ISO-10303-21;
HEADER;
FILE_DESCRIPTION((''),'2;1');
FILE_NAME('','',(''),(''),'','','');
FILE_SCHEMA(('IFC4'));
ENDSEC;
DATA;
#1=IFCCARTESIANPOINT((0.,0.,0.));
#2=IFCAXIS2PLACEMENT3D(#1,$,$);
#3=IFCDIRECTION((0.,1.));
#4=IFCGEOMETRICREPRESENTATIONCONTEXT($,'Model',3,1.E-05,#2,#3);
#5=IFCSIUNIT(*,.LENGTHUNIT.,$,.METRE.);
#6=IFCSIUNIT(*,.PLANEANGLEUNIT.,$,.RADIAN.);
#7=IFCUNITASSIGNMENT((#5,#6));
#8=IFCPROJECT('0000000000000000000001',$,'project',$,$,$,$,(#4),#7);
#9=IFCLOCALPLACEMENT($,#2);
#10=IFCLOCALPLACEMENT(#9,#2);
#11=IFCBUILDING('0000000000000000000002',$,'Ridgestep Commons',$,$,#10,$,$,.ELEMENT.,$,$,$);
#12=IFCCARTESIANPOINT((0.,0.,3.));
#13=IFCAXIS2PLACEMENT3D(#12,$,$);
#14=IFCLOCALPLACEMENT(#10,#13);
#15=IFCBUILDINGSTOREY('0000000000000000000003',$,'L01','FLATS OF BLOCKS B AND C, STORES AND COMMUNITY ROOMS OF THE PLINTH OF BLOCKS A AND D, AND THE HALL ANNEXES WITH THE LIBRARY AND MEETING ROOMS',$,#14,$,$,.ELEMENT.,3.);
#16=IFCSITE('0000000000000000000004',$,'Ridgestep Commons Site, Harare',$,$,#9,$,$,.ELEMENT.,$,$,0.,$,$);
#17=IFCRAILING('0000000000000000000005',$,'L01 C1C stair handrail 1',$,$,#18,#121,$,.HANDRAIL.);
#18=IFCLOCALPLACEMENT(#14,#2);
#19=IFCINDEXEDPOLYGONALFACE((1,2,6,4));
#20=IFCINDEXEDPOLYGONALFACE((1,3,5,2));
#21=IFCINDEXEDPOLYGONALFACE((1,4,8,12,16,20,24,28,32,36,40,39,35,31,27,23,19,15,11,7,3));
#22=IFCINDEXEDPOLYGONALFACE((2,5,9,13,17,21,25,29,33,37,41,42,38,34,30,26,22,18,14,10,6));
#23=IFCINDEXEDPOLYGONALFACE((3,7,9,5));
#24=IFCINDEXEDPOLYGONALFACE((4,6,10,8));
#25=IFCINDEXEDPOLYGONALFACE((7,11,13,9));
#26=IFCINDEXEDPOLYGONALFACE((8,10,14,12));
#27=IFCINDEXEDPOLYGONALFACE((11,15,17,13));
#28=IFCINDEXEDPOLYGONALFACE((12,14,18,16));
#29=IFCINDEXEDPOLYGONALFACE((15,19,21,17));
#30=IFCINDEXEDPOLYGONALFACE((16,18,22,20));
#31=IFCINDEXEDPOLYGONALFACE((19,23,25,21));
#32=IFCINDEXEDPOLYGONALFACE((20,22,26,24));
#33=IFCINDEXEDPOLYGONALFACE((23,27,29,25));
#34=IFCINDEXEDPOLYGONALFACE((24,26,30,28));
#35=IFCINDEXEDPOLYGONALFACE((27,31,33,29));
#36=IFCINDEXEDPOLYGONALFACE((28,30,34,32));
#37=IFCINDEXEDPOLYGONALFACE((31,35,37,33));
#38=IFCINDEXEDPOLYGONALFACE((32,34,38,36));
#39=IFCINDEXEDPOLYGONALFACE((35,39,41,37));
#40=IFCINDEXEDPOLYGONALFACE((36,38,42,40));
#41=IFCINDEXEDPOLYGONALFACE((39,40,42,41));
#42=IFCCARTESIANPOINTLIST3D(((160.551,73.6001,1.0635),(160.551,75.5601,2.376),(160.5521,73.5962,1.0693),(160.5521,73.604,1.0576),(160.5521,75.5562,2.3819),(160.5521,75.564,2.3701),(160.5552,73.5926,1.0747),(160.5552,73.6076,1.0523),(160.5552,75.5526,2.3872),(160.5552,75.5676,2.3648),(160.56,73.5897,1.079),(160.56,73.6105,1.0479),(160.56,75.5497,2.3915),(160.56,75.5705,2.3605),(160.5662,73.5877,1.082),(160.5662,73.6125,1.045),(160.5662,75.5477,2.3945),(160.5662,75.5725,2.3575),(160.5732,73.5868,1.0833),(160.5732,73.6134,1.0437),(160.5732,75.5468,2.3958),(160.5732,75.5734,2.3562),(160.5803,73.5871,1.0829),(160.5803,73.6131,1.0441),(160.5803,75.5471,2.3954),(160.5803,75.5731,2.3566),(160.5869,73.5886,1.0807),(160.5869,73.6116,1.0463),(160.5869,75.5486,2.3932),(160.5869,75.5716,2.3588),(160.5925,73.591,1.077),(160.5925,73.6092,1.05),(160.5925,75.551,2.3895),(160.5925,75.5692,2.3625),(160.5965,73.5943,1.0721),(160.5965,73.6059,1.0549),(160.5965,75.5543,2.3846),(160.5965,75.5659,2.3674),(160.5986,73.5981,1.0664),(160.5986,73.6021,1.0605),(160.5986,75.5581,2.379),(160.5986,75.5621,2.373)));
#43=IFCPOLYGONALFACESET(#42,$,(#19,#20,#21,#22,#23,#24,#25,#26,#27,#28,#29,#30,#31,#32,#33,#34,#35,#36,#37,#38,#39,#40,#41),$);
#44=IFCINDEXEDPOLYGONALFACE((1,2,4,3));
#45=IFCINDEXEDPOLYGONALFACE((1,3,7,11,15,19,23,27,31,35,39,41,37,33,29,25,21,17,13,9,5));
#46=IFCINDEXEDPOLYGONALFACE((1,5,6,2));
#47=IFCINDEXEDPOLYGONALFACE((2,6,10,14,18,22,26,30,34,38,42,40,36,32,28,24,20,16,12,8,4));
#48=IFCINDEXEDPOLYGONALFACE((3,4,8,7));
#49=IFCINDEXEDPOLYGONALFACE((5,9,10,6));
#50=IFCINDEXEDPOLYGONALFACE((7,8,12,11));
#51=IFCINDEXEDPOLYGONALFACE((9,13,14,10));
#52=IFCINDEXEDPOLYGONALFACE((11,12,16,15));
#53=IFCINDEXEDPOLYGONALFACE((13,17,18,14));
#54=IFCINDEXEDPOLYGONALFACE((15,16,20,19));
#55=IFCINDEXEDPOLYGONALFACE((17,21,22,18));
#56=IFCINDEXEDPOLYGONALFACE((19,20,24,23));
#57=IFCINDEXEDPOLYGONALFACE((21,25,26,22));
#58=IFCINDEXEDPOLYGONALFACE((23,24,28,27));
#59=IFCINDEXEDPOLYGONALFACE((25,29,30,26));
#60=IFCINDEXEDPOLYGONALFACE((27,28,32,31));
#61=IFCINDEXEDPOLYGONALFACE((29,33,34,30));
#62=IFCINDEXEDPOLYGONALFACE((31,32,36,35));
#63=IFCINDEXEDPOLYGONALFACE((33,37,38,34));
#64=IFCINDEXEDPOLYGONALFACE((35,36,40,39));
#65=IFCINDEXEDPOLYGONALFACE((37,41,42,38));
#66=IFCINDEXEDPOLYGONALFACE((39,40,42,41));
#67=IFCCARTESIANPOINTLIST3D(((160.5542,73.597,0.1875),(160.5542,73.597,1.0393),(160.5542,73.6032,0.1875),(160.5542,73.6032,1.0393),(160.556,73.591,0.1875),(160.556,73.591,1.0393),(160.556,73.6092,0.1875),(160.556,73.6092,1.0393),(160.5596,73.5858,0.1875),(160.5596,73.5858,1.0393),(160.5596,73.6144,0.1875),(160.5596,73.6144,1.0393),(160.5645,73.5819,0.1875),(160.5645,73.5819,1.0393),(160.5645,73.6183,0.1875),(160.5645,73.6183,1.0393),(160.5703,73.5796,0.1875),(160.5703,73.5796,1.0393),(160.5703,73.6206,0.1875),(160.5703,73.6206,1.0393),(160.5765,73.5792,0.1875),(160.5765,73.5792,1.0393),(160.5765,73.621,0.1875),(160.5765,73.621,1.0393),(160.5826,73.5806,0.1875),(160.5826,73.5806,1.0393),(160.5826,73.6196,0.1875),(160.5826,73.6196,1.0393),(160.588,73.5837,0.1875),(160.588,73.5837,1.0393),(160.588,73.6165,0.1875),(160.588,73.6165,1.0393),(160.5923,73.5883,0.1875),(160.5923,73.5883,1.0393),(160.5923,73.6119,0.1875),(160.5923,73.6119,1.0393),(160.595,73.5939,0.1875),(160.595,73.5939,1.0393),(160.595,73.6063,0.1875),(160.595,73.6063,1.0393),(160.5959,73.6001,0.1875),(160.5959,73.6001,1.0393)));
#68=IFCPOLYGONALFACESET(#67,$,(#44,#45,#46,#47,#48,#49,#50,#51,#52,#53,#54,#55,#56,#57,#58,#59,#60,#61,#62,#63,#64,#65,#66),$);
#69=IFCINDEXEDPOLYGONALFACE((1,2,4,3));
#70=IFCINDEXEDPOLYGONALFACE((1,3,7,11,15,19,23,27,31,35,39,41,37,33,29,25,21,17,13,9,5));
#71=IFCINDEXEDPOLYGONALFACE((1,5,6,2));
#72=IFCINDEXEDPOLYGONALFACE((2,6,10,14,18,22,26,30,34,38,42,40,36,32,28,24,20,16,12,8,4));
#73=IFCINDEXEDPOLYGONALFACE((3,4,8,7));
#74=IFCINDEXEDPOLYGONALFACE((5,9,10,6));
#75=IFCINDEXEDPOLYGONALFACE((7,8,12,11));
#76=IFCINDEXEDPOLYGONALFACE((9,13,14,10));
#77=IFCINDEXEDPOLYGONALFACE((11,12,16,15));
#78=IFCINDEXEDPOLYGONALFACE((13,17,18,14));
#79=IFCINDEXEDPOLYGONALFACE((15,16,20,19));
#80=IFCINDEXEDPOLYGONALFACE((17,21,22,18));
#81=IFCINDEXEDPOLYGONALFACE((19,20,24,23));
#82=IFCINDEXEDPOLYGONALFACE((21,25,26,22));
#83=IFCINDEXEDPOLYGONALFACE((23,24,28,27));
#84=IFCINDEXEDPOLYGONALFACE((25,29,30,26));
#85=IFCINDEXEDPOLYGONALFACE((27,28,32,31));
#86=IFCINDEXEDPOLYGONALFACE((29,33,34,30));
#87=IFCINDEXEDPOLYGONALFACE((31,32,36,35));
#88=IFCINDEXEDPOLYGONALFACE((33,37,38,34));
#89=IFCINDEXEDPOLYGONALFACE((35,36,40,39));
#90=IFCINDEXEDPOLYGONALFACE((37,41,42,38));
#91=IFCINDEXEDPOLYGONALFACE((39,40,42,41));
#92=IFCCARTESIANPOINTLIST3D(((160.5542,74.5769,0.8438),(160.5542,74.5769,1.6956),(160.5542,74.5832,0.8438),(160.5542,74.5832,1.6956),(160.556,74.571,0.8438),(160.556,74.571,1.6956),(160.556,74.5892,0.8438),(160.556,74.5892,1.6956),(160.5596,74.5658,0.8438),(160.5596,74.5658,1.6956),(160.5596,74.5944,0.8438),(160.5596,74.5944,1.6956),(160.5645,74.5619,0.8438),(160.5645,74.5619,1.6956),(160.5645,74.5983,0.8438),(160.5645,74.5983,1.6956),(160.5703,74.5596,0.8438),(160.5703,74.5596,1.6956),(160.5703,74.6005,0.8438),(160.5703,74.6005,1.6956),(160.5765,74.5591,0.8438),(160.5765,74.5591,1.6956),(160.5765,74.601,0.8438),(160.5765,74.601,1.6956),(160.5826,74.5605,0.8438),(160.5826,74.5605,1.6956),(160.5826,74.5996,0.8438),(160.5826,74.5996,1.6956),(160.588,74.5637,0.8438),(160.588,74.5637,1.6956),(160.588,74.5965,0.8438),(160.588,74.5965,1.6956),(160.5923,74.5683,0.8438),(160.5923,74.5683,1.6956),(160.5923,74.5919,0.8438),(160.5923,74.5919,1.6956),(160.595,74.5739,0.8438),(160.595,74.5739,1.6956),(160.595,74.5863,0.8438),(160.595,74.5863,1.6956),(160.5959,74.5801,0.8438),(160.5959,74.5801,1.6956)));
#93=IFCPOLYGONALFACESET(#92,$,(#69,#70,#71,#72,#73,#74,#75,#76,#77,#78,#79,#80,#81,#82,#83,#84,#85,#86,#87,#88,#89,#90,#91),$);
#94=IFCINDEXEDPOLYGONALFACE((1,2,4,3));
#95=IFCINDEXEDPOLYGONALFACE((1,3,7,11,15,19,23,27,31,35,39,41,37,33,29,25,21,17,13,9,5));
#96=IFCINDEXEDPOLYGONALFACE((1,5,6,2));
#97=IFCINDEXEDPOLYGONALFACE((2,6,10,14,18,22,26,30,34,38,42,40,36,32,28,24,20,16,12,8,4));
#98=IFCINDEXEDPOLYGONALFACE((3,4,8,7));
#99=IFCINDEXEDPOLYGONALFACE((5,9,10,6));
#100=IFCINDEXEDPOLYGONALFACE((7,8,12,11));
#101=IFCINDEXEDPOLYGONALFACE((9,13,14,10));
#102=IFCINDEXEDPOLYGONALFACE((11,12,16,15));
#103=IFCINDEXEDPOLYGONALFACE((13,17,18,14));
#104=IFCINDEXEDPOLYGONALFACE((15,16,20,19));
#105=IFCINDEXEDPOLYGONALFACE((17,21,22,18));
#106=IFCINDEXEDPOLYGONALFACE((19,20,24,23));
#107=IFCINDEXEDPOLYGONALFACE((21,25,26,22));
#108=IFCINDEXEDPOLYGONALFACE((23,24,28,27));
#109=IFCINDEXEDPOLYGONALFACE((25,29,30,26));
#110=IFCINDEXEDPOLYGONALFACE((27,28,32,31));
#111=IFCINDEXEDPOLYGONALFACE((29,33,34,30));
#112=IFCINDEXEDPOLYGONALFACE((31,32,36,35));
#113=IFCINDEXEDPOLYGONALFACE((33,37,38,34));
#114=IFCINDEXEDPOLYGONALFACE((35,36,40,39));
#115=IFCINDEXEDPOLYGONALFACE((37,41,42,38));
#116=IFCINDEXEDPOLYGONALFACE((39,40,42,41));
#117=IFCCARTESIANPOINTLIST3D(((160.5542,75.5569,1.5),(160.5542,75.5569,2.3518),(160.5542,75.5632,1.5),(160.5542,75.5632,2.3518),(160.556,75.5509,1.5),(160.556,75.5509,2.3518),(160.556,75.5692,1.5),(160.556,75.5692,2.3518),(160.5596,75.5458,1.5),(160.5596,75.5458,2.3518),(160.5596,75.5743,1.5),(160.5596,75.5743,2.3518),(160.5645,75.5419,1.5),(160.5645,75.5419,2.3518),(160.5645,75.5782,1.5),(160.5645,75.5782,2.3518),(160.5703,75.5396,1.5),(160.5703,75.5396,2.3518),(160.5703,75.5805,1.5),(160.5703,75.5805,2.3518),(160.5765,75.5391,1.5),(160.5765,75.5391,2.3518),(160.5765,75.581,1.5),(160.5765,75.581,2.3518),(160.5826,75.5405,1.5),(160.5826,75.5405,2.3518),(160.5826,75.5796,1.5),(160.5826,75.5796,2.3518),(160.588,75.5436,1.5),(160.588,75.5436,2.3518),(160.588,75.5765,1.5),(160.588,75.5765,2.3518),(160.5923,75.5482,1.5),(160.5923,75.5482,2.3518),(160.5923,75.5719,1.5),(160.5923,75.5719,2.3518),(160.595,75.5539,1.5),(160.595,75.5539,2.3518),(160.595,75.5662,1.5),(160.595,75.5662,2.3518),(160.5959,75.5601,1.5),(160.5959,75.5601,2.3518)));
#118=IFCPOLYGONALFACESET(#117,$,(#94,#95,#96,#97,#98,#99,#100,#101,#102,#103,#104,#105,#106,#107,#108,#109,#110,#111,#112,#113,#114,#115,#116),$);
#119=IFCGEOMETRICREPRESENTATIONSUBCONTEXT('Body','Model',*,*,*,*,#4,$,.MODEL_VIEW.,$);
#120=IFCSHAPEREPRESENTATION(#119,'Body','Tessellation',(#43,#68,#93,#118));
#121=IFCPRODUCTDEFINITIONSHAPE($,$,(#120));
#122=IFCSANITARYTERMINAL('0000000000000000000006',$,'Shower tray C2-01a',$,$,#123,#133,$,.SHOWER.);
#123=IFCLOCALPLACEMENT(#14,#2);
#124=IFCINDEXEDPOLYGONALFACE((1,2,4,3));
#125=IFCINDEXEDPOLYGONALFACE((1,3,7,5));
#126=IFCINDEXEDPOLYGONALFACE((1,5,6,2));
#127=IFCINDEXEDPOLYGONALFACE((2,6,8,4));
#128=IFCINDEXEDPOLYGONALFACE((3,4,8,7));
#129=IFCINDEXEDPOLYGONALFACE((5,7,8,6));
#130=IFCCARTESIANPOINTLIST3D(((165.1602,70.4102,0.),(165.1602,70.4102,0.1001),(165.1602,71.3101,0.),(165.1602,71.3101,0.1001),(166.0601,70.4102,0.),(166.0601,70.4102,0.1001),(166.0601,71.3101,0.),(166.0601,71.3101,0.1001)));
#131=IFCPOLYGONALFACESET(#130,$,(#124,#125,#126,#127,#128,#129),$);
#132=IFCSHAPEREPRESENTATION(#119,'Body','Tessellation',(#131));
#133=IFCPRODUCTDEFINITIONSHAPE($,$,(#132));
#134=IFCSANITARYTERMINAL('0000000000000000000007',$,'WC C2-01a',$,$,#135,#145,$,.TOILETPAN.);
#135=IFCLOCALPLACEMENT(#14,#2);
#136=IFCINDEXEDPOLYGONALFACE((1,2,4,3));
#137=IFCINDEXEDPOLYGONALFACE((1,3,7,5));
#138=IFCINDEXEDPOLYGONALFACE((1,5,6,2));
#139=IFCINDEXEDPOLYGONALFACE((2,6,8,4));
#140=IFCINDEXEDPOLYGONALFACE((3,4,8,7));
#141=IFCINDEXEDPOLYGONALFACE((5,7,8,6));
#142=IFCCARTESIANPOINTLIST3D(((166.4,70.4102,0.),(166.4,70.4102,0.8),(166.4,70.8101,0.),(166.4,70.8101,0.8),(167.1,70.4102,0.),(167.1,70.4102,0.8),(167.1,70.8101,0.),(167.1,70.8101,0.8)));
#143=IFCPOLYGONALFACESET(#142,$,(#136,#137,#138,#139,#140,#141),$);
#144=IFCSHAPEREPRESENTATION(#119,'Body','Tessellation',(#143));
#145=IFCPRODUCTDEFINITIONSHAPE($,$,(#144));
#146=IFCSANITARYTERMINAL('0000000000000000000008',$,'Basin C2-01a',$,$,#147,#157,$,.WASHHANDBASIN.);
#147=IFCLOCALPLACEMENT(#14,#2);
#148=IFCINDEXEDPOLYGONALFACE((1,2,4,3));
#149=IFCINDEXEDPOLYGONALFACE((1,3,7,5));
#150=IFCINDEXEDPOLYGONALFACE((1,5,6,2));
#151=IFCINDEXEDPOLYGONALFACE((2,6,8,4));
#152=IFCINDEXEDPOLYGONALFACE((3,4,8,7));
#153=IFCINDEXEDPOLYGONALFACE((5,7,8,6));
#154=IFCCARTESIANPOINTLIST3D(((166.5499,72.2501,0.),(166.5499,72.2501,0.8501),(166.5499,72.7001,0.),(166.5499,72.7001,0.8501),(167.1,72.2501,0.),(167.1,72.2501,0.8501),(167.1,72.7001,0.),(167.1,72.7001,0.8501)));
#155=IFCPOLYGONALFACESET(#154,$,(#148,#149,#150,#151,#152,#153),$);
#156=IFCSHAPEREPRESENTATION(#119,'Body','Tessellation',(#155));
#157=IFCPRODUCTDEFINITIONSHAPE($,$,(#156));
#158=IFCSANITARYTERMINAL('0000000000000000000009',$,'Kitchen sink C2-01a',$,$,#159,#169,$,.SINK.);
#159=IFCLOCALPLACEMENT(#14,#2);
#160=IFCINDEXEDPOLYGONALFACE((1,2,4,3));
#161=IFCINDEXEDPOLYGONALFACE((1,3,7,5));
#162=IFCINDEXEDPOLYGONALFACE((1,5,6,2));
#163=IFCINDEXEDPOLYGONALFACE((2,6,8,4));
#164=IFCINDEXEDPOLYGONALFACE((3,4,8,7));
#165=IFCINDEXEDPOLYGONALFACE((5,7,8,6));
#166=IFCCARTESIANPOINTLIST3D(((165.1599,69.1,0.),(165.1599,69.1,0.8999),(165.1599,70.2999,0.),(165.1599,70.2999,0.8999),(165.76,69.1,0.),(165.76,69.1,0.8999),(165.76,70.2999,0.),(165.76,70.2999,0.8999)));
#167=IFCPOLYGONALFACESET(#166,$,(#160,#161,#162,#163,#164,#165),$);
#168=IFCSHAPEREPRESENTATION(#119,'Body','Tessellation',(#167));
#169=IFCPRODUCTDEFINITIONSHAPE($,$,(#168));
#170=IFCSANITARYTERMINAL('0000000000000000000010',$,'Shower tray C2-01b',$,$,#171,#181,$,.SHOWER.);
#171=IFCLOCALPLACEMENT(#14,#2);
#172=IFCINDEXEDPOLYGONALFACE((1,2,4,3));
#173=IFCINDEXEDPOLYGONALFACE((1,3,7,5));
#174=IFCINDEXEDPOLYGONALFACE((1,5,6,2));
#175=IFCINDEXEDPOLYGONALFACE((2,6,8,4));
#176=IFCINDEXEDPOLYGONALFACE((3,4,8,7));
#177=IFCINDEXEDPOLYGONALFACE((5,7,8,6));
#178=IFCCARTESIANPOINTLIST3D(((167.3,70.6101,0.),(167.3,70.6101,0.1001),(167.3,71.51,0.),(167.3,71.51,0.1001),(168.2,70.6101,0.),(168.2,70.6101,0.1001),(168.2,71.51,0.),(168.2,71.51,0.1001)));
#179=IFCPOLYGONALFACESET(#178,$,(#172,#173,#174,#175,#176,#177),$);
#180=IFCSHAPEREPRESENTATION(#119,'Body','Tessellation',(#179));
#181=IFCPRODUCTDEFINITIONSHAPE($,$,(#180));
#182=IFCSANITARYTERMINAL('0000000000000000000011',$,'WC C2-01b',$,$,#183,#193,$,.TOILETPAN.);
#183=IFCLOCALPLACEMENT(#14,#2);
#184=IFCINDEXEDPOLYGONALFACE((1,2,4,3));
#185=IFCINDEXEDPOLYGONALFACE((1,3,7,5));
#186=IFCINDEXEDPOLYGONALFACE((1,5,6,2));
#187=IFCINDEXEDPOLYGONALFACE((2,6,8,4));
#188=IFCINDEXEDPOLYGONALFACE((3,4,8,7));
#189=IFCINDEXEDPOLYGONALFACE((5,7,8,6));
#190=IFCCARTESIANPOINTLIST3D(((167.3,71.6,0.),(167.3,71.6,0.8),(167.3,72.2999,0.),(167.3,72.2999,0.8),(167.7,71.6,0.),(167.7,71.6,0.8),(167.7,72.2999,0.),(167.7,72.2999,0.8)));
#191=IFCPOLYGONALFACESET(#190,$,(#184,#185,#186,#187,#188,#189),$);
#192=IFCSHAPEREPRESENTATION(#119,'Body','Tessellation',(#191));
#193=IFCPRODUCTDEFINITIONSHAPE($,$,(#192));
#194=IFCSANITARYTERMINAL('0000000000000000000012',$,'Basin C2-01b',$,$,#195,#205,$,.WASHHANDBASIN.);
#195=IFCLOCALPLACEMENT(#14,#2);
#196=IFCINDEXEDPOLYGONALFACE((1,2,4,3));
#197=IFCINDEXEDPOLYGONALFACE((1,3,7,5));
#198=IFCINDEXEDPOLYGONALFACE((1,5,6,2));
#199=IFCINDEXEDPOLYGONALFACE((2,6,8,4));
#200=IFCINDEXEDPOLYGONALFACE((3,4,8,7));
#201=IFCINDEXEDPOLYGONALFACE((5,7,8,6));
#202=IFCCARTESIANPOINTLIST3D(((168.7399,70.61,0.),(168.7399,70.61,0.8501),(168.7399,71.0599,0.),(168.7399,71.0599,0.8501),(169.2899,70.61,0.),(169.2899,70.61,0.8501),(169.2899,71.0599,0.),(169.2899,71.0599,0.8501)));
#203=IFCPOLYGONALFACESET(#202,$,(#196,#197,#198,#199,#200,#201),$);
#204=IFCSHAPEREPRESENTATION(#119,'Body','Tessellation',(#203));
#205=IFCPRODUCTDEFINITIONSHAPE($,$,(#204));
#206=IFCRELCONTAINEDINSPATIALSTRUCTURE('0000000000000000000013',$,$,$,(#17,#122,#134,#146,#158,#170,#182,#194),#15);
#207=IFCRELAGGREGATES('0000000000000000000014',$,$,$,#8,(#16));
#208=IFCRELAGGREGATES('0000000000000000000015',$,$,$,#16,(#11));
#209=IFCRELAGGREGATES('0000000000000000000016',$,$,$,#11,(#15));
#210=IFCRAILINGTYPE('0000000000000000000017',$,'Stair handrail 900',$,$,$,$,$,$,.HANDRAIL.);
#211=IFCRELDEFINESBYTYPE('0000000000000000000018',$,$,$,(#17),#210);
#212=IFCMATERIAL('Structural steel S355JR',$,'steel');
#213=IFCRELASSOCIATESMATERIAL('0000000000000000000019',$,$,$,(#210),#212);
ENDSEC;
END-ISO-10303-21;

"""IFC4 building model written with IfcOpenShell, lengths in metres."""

from ifc_helpers import new_model, si_unit, direction, frame, origin, origin_2d, place, context, subcontext, project, spatial, rectangle, circle, extrude, material, type_object, element, save


model = new_model("IFC4")

# Units and contexts
model_context = context("Model", 3, precision=1e-05, world=origin(), true_north=direction((0.0, 1.0)))
body_context = subcontext(model_context, "Body", "Model", "MODEL_VIEW")
ifc_project = project(units=[si_unit("LENGTHUNIT", "METRE"), si_unit("PLANEANGLEUNIT", "RADIAN")], contexts=[model_context])

# Site, building, storey
site_placement = place(None, origin())
site = spatial("IfcSite", under=ifc_project, at=site_placement, Name="Ridgestep Commons Site, Harare", CompositionType="ELEMENT", RefElevation=0.0)
building_placement = place(site_placement, origin())
building = spatial("IfcBuilding", under=site, at=building_placement, Name="Ridgestep Commons", CompositionType="ELEMENT")
storey_placement = place(building_placement, frame((0.0, 0.0, 3.0)))
storey = spatial("IfcBuildingStorey", under=building, at=storey_placement, Name="L01", Description="FLATS OF BLOCKS B AND C, STORES AND COMMUNITY ROOMS OF THE PLINTH OF BLOCKS A AND D, AND THE HALL ANNEXES WITH THE LIBRARY AND MEETING ROOMS", CompositionType="ELEMENT", Elevation=3.0)

# Railing
ifc_material_1 = material(Name="Structural steel S355JR", Category="steel")
railing_type = type_object("IfcRailingType", Name="Stair handrail 900", PredefinedType="HANDRAIL", material=ifc_material_1)
railing_placement = place(storey_placement, frame((160.575, 73.6001, 0.1875)))
element("IfcRailing", 1, at=railing_placement, inside=storey, type_object=railing_type, Name="L01 C1C stair handrail 1", PredefinedType="HANDRAIL", context=body_context, shape_type="SweptSolid", body=[
    extrude(circle(Radius=0.0239, at=origin_2d()), frame((0.0, 0.0, 0.876), z_axis=(0.0, 0.830902, 0.556419), x_axis=(-1.0, 0.0, 0.0)), (0.0, 0.0, 1.0), 2.3589),
    extrude(circle(Radius=0.021, at=origin_2d()), origin(), (0.0, 0.0, 1.0), 0.8518),
    extrude(circle(Radius=0.021, at=origin_2d()), frame((0.0, 0.98, 0.6562)), (0.0, 0.0, 1.0), 0.8518),
    extrude(circle(Radius=0.021, at=origin_2d()), frame((0.0, 1.96, 1.3125)), (0.0, 0.0, 1.0), 0.8518),
])

# Sanitary terminals
sanitary_terminal_1_placement = place(storey_placement, frame((165.6101, 70.8601, 0.0), z_axis=(0.0, 0.0, 1.0), x_axis=(1.0, 0.0, 0.0)))
element("IfcSanitaryTerminal", 2, at=sanitary_terminal_1_placement, inside=storey, Name="Shower tray C2-01a", PredefinedType="SHOWER", context=body_context, shape_type="SweptSolid", body=[
    extrude(rectangle(XDim=0.8999, YDim=0.8999, at=origin_2d()), origin(), (0.0, 0.0, 1.0), 0.1001),
])
sanitary_terminal_2_placement = place(storey_placement, frame((166.75, 70.6101, 0.0), z_axis=(0.0, 0.0, 1.0), x_axis=(1.0, 0.0, 0.0)))
element("IfcSanitaryTerminal", 3, at=sanitary_terminal_2_placement, inside=storey, Name="WC C2-01a", PredefinedType="TOILETPAN", context=body_context, shape_type="SweptSolid", body=[
    extrude(rectangle(XDim=0.7, YDim=0.3999, at=origin_2d()), origin(), (0.0, 0.0, 1.0), 0.8),
])
sanitary_terminal_3_placement = place(storey_placement, frame((166.825, 72.4751, 0.0), z_axis=(0.0, 0.0, 1.0), x_axis=(1.0, 0.0, 0.0)))
element("IfcSanitaryTerminal", 4, at=sanitary_terminal_3_placement, inside=storey, Name="Basin C2-01a", PredefinedType="WASHHANDBASIN", context=body_context, shape_type="SweptSolid", body=[
    extrude(rectangle(XDim=0.55, YDim=0.45, at=origin_2d()), origin(), (0.0, 0.0, 1.0), 0.8501),
])
sanitary_terminal_4_placement = place(storey_placement, frame((165.46, 69.7, 0.0), z_axis=(0.0, 0.0, 1.0), x_axis=(1.0, 0.0, 0.0)))
element("IfcSanitaryTerminal", 5, at=sanitary_terminal_4_placement, inside=storey, Name="Kitchen sink C2-01a", PredefinedType="SINK", context=body_context, shape_type="SweptSolid", body=[
    extrude(rectangle(XDim=0.6001, YDim=1.2, at=origin_2d()), origin(), (0.0, 0.0, 1.0), 0.8999),
])
sanitary_terminal_5_placement = place(storey_placement, frame((167.75, 71.0601, 0.0), z_axis=(0.0, 0.0, 1.0), x_axis=(1.0, 0.0, 0.0)))
element("IfcSanitaryTerminal", 6, at=sanitary_terminal_5_placement, inside=storey, Name="Shower tray C2-01b", PredefinedType="SHOWER", context=body_context, shape_type="SweptSolid", body=[
    extrude(rectangle(XDim=0.8999, YDim=0.8999, at=origin_2d()), origin(), (0.0, 0.0, 1.0), 0.1001),
])
sanitary_terminal_6_placement = place(storey_placement, frame((167.5, 71.95, 0.0), z_axis=(0.0, 0.0, 1.0), x_axis=(1.0, 0.0, 0.0)))
element("IfcSanitaryTerminal", 7, at=sanitary_terminal_6_placement, inside=storey, Name="WC C2-01b", PredefinedType="TOILETPAN", context=body_context, shape_type="SweptSolid", body=[
    extrude(rectangle(XDim=0.3999, YDim=0.7, at=origin_2d()), origin(), (0.0, 0.0, 1.0), 0.8),
])
sanitary_terminal_7_placement = place(storey_placement, frame((169.0149, 70.835, 0.0), z_axis=(0.0, 0.0, 1.0), x_axis=(1.0, 0.0, 0.0)))
element("IfcSanitaryTerminal", 8, at=sanitary_terminal_7_placement, inside=storey, Name="Basin C2-01b", PredefinedType="WASHHANDBASIN", context=body_context, shape_type="SweptSolid", body=[
    extrude(rectangle(XDim=0.55, YDim=0.45, at=origin_2d()), origin(), (0.0, 0.0, 1.0), 0.8501),
])

save(model, "model.ifc")
